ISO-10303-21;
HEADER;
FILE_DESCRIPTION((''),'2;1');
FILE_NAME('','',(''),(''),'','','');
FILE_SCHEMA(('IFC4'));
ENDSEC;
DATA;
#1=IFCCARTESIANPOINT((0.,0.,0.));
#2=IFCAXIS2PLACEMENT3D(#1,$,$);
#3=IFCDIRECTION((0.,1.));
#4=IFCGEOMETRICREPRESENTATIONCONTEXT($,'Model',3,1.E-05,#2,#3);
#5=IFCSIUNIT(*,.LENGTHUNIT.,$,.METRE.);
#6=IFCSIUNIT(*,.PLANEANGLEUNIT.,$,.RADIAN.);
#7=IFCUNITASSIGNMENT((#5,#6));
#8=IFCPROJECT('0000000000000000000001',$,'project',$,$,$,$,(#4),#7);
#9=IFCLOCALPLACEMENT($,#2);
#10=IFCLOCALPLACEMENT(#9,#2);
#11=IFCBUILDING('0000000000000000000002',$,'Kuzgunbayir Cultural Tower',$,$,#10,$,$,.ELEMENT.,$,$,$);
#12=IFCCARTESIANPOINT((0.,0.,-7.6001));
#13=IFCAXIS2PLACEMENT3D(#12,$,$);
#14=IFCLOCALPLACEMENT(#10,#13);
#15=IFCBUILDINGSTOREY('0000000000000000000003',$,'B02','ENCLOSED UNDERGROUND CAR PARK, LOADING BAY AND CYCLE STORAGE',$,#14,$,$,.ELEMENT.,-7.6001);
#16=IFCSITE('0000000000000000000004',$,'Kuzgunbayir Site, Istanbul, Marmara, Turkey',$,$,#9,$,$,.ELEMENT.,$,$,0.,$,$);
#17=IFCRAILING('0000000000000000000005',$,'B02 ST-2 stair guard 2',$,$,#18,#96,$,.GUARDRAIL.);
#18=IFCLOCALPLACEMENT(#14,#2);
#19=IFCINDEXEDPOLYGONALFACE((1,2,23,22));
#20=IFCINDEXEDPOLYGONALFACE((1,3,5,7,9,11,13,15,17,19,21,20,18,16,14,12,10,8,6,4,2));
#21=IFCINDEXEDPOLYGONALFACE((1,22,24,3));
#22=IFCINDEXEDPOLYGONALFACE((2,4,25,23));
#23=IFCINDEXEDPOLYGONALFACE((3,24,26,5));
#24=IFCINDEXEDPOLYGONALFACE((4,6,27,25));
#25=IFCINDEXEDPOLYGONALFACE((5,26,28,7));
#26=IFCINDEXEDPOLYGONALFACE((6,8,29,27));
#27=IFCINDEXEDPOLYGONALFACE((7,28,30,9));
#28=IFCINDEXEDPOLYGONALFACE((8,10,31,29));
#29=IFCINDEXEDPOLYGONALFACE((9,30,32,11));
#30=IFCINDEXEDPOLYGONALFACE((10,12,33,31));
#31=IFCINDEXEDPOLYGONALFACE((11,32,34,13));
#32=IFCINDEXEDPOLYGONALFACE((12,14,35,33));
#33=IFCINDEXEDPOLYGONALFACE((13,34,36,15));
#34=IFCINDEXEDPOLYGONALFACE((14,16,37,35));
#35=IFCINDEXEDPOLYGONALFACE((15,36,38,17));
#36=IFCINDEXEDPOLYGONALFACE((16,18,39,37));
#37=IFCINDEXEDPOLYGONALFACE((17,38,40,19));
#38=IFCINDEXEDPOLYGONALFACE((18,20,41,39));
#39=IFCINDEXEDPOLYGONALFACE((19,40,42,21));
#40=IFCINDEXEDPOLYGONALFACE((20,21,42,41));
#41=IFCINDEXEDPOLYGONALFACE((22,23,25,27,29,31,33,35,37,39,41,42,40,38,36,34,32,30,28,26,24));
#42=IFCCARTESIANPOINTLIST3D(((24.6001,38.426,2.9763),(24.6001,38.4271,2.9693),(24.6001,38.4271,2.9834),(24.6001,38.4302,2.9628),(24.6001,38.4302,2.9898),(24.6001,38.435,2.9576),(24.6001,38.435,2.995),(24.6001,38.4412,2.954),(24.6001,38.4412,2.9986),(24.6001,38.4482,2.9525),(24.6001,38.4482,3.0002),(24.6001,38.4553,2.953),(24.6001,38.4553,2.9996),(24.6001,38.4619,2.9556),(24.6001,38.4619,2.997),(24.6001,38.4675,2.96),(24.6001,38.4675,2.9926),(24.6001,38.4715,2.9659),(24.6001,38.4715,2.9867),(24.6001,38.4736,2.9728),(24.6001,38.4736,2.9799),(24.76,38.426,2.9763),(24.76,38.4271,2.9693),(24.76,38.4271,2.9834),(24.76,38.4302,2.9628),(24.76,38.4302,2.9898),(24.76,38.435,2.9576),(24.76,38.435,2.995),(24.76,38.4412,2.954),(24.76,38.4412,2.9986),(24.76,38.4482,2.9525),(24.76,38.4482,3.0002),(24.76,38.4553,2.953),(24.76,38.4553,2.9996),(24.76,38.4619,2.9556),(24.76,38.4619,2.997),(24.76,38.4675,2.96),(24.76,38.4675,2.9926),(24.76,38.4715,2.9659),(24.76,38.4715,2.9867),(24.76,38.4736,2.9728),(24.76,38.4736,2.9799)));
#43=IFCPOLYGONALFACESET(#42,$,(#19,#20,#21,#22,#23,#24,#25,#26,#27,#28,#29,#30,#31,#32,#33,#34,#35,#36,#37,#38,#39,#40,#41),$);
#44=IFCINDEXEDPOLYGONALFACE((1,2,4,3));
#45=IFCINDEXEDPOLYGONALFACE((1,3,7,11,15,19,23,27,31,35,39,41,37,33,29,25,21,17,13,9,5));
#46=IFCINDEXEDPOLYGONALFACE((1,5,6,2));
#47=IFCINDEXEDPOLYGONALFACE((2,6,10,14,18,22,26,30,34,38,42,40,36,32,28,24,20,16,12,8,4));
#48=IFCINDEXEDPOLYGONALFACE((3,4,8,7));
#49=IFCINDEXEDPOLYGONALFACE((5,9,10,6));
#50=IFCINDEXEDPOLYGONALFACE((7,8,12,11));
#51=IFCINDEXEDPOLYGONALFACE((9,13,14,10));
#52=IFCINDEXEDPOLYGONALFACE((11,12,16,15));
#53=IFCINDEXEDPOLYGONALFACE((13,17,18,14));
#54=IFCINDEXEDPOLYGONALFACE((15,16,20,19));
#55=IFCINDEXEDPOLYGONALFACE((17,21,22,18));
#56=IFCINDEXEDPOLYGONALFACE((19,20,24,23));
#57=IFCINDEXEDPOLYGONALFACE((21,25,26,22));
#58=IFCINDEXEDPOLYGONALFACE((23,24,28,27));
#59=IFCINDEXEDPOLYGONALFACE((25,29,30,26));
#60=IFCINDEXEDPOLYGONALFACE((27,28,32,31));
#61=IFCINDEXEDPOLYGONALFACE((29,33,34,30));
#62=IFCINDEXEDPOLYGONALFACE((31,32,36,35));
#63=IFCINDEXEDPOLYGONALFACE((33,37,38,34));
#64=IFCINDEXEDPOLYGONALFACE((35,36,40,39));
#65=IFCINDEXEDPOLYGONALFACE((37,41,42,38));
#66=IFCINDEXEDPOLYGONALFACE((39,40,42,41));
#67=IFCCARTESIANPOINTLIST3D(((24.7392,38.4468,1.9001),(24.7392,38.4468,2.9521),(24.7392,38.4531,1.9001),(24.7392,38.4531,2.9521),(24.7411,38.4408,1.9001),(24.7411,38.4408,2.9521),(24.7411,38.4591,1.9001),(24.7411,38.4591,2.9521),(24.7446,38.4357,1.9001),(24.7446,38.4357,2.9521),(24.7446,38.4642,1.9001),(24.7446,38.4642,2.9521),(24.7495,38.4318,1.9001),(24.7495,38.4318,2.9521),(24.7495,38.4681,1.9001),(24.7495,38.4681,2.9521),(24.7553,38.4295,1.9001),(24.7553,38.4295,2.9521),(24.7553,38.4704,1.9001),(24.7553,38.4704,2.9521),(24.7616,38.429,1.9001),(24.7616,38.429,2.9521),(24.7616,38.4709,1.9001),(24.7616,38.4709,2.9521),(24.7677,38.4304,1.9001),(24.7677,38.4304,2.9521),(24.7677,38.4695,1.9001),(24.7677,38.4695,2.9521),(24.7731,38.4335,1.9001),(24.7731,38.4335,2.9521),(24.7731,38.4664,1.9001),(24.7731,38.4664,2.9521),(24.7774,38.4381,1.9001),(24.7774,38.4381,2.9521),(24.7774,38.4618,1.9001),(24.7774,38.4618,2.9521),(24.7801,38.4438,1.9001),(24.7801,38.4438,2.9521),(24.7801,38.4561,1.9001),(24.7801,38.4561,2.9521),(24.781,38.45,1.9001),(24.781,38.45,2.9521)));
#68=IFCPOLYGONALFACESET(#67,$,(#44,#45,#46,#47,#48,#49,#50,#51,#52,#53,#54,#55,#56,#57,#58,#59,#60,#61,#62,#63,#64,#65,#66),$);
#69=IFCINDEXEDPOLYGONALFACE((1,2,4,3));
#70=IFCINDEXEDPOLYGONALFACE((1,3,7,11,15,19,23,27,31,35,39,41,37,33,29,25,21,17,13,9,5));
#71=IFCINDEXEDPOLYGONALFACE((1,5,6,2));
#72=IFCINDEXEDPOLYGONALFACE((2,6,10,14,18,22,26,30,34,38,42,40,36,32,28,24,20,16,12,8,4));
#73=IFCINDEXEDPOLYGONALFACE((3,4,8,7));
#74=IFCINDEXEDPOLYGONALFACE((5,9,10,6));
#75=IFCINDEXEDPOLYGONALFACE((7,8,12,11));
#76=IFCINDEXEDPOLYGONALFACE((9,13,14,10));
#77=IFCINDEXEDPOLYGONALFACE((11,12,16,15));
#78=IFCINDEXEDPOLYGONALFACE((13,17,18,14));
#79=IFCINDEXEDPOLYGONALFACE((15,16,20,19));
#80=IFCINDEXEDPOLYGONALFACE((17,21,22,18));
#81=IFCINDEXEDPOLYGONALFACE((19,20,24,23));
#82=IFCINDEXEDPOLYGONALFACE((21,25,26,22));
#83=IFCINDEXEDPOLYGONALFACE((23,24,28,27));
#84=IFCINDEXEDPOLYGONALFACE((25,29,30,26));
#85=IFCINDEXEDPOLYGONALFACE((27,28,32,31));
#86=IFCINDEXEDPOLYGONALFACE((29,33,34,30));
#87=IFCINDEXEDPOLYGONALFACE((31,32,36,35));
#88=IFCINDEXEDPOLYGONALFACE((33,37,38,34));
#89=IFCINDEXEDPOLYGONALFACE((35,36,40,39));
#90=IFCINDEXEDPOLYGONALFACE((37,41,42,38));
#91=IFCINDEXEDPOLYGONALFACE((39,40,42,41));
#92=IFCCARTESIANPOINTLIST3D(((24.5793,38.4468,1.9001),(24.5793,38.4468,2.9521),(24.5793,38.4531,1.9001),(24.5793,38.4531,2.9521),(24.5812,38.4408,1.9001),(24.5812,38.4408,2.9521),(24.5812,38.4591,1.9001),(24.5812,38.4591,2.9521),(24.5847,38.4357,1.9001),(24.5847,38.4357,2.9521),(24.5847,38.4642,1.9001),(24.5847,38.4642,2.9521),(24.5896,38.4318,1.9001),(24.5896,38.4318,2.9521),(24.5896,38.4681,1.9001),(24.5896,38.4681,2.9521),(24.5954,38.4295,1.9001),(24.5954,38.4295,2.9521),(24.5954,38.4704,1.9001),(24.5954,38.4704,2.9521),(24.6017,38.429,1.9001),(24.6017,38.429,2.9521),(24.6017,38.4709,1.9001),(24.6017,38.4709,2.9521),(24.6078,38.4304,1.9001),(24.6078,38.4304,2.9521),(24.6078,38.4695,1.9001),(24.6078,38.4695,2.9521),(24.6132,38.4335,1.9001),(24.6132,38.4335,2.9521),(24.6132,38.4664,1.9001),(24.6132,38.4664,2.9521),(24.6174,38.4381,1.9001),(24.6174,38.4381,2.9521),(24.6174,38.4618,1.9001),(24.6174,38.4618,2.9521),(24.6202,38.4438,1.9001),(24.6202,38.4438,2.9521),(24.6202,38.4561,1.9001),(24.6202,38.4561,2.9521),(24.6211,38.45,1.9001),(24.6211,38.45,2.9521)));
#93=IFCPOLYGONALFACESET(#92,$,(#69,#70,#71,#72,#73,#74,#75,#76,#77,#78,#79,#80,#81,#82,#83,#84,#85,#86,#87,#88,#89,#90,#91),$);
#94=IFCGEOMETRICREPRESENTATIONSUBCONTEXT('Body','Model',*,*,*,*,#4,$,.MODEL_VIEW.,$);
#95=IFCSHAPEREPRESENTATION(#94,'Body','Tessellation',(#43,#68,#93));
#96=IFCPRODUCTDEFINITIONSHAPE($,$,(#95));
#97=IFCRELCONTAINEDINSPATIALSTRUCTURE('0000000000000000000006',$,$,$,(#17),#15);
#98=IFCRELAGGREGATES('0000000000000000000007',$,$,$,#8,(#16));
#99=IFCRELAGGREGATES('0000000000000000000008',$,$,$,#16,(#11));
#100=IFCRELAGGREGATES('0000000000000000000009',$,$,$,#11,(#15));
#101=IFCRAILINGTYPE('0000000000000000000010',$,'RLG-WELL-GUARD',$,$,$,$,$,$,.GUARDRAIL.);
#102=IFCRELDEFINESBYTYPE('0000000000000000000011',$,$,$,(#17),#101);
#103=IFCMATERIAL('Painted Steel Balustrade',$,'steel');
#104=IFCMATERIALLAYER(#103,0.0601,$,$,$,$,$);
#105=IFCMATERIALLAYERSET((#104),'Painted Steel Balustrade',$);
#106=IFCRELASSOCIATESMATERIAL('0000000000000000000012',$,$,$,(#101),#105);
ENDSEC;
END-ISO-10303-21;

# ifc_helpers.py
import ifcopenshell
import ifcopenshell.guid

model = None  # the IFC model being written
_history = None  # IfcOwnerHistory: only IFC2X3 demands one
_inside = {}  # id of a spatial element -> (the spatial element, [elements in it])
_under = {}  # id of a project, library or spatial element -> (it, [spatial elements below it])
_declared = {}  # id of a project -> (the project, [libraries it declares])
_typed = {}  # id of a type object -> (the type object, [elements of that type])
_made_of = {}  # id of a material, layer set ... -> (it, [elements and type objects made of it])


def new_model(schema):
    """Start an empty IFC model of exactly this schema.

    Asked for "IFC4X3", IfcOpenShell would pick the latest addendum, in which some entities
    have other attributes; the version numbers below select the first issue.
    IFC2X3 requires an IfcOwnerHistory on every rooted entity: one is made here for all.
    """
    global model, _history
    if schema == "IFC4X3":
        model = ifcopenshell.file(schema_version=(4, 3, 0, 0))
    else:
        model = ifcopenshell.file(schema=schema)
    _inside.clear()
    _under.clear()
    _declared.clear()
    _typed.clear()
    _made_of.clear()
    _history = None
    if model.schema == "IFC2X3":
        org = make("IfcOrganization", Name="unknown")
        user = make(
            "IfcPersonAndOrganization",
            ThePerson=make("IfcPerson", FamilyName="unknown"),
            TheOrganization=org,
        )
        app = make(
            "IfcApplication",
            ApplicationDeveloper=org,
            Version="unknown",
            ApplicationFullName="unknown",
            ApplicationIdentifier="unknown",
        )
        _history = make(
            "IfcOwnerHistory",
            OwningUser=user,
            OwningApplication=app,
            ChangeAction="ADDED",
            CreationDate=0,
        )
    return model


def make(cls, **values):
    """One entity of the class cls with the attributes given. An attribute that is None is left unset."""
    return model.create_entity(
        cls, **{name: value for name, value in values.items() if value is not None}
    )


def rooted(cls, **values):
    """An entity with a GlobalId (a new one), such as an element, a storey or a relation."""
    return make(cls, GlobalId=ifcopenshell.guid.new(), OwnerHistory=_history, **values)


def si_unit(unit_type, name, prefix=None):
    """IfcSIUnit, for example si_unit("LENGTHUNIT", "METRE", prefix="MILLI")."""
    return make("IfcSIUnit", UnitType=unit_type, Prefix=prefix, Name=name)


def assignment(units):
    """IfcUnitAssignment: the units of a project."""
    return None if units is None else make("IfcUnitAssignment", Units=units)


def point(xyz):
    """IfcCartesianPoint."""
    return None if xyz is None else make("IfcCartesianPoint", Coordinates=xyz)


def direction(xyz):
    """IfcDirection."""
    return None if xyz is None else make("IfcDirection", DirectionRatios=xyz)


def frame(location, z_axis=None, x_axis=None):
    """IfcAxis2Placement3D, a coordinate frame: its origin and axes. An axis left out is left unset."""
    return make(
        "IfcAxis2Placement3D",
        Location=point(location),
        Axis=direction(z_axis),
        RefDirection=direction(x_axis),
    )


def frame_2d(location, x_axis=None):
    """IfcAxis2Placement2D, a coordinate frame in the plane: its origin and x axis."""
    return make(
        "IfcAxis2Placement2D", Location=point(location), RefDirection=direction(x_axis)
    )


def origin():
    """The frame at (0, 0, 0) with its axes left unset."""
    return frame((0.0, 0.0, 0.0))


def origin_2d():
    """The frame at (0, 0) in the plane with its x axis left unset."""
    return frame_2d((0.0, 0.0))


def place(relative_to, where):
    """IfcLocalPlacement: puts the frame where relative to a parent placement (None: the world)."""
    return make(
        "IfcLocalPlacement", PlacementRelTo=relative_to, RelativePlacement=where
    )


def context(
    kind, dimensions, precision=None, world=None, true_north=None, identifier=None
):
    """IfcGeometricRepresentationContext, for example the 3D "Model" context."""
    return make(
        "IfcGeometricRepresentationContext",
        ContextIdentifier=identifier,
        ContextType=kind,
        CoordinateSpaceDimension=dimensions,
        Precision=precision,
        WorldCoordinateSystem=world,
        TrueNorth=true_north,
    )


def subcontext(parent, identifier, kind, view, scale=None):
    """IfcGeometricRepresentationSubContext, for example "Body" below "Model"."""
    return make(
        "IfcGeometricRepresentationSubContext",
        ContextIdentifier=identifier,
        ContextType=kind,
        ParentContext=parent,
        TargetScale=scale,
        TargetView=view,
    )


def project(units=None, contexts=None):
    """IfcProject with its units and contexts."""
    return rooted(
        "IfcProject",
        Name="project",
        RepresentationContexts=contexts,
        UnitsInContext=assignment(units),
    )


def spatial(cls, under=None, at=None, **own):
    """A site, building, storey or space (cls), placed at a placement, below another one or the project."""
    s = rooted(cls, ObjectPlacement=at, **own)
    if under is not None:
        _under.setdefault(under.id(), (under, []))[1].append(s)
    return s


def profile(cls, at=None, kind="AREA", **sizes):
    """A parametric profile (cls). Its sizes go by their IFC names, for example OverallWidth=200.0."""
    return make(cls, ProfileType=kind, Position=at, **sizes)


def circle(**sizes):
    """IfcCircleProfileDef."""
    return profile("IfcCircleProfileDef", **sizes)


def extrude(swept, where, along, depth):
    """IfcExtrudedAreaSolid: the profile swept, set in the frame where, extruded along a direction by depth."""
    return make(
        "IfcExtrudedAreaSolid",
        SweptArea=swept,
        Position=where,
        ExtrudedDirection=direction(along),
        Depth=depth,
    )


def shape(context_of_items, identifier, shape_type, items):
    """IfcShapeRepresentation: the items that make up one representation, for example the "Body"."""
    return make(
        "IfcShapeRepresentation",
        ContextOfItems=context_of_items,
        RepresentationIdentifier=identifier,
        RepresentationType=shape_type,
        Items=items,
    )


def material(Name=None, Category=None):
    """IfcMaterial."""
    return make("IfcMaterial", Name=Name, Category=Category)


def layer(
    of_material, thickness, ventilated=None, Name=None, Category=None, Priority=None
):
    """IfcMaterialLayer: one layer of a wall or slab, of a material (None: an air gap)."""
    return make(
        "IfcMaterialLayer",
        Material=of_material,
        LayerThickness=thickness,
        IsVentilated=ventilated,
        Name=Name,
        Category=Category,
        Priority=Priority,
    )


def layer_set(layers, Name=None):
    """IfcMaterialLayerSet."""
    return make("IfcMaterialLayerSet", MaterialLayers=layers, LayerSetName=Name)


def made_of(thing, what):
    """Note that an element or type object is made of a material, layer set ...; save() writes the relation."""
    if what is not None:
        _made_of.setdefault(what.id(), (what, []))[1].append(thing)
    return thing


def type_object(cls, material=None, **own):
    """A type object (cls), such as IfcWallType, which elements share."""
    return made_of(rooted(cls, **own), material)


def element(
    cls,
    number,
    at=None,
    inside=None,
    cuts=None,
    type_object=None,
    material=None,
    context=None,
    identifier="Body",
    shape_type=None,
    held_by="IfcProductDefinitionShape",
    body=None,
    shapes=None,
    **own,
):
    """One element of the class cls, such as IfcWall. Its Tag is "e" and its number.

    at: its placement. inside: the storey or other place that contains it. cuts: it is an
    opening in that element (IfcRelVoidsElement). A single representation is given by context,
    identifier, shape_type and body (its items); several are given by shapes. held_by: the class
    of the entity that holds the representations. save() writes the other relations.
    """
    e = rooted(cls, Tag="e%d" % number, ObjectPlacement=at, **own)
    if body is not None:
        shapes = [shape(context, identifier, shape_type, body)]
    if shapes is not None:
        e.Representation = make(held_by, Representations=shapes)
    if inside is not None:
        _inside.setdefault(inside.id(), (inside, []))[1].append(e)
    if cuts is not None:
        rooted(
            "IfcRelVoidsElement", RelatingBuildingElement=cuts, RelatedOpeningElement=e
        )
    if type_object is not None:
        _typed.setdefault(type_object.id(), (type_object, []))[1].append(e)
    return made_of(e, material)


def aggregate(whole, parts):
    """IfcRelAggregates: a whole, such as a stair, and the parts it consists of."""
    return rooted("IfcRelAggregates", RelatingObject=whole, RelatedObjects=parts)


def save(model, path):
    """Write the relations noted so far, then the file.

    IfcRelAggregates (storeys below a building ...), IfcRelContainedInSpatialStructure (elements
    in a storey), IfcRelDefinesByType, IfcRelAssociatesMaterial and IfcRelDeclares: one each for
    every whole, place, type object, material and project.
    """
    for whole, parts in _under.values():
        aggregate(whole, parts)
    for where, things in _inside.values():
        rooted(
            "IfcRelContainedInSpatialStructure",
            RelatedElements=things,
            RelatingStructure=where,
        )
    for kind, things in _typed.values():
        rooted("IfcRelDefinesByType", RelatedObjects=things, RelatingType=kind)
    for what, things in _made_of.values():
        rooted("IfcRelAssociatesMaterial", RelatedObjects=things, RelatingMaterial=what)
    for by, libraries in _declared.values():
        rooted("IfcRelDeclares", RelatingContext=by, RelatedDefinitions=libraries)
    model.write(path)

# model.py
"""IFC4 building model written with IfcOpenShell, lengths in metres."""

from ifc_helpers import new_model, si_unit, direction, frame, origin, origin_2d, place, context, subcontext, project, spatial, circle, extrude, material, layer, layer_set, type_object, element, save


model = new_model("IFC4")

# Units and contexts
model_context = context("Model", 3, precision=1e-05, world=origin(), true_north=direction((0.0, 1.0)))
body_context = subcontext(model_context, "Body", "Model", "MODEL_VIEW")
ifc_project = project(units=[si_unit("LENGTHUNIT", "METRE"), si_unit("PLANEANGLEUNIT", "RADIAN")], contexts=[model_context])

# Site, building, storey
site_placement = place(None, origin())
site = spatial("IfcSite", under=ifc_project, at=site_placement, Name="Kuzgunbayir Site, Istanbul, Marmara, Turkey", CompositionType="ELEMENT", RefElevation=0.0)
building_placement = place(site_placement, origin())
building = spatial("IfcBuilding", under=site, at=building_placement, Name="Kuzgunbayir Cultural Tower", CompositionType="ELEMENT")
storey_placement = place(building_placement, frame((0.0, 0.0, -7.6001)))
storey = spatial("IfcBuildingStorey", under=building, at=storey_placement, Name="B02", Description="ENCLOSED UNDERGROUND CAR PARK, LOADING BAY AND CYCLE STORAGE", CompositionType="ELEMENT", Elevation=-7.6001)

# Railing
ifc_material_1 = material(Name="Painted Steel Balustrade", Category="steel")
ifc_layer_1 = layer(ifc_material_1, 0.0601)
ifc_layer_set_1 = layer_set([ifc_layer_1], Name="Painted Steel Balustrade")
railing_type_1 = type_object("IfcRailingType", Name="RLG-WELL-GUARD", PredefinedType="GUARDRAIL", material=ifc_layer_set_1)
railing_1_placement = place(storey_placement, frame((24.76, 38.45, 1.9001)))
element("IfcRailing", 1, at=railing_1_placement, inside=storey, type_object=railing_type_1, Name="B02 ST-2 stair guard 2", PredefinedType="GUARDRAIL", context=body_context, shape_type="SweptSolid", body=[
    extrude(circle(Radius=0.0239, at=origin_2d()), frame((0.0, 0.0, 1.0762), z_axis=(-1.0, 0.0, 0.0), x_axis=(0.0, -1.0, 0.0)), (0.0, 0.0, 1.0), 0.1599),
    extrude(circle(Radius=0.021, at=origin_2d()), origin(), (0.0, 0.0, 1.0), 1.052),
    extrude(circle(Radius=0.021, at=origin_2d()), frame((-0.1599, 0.0, 0.0)), (0.0, 0.0, 1.0), 1.052),
])

save(model, "model.ifc")
